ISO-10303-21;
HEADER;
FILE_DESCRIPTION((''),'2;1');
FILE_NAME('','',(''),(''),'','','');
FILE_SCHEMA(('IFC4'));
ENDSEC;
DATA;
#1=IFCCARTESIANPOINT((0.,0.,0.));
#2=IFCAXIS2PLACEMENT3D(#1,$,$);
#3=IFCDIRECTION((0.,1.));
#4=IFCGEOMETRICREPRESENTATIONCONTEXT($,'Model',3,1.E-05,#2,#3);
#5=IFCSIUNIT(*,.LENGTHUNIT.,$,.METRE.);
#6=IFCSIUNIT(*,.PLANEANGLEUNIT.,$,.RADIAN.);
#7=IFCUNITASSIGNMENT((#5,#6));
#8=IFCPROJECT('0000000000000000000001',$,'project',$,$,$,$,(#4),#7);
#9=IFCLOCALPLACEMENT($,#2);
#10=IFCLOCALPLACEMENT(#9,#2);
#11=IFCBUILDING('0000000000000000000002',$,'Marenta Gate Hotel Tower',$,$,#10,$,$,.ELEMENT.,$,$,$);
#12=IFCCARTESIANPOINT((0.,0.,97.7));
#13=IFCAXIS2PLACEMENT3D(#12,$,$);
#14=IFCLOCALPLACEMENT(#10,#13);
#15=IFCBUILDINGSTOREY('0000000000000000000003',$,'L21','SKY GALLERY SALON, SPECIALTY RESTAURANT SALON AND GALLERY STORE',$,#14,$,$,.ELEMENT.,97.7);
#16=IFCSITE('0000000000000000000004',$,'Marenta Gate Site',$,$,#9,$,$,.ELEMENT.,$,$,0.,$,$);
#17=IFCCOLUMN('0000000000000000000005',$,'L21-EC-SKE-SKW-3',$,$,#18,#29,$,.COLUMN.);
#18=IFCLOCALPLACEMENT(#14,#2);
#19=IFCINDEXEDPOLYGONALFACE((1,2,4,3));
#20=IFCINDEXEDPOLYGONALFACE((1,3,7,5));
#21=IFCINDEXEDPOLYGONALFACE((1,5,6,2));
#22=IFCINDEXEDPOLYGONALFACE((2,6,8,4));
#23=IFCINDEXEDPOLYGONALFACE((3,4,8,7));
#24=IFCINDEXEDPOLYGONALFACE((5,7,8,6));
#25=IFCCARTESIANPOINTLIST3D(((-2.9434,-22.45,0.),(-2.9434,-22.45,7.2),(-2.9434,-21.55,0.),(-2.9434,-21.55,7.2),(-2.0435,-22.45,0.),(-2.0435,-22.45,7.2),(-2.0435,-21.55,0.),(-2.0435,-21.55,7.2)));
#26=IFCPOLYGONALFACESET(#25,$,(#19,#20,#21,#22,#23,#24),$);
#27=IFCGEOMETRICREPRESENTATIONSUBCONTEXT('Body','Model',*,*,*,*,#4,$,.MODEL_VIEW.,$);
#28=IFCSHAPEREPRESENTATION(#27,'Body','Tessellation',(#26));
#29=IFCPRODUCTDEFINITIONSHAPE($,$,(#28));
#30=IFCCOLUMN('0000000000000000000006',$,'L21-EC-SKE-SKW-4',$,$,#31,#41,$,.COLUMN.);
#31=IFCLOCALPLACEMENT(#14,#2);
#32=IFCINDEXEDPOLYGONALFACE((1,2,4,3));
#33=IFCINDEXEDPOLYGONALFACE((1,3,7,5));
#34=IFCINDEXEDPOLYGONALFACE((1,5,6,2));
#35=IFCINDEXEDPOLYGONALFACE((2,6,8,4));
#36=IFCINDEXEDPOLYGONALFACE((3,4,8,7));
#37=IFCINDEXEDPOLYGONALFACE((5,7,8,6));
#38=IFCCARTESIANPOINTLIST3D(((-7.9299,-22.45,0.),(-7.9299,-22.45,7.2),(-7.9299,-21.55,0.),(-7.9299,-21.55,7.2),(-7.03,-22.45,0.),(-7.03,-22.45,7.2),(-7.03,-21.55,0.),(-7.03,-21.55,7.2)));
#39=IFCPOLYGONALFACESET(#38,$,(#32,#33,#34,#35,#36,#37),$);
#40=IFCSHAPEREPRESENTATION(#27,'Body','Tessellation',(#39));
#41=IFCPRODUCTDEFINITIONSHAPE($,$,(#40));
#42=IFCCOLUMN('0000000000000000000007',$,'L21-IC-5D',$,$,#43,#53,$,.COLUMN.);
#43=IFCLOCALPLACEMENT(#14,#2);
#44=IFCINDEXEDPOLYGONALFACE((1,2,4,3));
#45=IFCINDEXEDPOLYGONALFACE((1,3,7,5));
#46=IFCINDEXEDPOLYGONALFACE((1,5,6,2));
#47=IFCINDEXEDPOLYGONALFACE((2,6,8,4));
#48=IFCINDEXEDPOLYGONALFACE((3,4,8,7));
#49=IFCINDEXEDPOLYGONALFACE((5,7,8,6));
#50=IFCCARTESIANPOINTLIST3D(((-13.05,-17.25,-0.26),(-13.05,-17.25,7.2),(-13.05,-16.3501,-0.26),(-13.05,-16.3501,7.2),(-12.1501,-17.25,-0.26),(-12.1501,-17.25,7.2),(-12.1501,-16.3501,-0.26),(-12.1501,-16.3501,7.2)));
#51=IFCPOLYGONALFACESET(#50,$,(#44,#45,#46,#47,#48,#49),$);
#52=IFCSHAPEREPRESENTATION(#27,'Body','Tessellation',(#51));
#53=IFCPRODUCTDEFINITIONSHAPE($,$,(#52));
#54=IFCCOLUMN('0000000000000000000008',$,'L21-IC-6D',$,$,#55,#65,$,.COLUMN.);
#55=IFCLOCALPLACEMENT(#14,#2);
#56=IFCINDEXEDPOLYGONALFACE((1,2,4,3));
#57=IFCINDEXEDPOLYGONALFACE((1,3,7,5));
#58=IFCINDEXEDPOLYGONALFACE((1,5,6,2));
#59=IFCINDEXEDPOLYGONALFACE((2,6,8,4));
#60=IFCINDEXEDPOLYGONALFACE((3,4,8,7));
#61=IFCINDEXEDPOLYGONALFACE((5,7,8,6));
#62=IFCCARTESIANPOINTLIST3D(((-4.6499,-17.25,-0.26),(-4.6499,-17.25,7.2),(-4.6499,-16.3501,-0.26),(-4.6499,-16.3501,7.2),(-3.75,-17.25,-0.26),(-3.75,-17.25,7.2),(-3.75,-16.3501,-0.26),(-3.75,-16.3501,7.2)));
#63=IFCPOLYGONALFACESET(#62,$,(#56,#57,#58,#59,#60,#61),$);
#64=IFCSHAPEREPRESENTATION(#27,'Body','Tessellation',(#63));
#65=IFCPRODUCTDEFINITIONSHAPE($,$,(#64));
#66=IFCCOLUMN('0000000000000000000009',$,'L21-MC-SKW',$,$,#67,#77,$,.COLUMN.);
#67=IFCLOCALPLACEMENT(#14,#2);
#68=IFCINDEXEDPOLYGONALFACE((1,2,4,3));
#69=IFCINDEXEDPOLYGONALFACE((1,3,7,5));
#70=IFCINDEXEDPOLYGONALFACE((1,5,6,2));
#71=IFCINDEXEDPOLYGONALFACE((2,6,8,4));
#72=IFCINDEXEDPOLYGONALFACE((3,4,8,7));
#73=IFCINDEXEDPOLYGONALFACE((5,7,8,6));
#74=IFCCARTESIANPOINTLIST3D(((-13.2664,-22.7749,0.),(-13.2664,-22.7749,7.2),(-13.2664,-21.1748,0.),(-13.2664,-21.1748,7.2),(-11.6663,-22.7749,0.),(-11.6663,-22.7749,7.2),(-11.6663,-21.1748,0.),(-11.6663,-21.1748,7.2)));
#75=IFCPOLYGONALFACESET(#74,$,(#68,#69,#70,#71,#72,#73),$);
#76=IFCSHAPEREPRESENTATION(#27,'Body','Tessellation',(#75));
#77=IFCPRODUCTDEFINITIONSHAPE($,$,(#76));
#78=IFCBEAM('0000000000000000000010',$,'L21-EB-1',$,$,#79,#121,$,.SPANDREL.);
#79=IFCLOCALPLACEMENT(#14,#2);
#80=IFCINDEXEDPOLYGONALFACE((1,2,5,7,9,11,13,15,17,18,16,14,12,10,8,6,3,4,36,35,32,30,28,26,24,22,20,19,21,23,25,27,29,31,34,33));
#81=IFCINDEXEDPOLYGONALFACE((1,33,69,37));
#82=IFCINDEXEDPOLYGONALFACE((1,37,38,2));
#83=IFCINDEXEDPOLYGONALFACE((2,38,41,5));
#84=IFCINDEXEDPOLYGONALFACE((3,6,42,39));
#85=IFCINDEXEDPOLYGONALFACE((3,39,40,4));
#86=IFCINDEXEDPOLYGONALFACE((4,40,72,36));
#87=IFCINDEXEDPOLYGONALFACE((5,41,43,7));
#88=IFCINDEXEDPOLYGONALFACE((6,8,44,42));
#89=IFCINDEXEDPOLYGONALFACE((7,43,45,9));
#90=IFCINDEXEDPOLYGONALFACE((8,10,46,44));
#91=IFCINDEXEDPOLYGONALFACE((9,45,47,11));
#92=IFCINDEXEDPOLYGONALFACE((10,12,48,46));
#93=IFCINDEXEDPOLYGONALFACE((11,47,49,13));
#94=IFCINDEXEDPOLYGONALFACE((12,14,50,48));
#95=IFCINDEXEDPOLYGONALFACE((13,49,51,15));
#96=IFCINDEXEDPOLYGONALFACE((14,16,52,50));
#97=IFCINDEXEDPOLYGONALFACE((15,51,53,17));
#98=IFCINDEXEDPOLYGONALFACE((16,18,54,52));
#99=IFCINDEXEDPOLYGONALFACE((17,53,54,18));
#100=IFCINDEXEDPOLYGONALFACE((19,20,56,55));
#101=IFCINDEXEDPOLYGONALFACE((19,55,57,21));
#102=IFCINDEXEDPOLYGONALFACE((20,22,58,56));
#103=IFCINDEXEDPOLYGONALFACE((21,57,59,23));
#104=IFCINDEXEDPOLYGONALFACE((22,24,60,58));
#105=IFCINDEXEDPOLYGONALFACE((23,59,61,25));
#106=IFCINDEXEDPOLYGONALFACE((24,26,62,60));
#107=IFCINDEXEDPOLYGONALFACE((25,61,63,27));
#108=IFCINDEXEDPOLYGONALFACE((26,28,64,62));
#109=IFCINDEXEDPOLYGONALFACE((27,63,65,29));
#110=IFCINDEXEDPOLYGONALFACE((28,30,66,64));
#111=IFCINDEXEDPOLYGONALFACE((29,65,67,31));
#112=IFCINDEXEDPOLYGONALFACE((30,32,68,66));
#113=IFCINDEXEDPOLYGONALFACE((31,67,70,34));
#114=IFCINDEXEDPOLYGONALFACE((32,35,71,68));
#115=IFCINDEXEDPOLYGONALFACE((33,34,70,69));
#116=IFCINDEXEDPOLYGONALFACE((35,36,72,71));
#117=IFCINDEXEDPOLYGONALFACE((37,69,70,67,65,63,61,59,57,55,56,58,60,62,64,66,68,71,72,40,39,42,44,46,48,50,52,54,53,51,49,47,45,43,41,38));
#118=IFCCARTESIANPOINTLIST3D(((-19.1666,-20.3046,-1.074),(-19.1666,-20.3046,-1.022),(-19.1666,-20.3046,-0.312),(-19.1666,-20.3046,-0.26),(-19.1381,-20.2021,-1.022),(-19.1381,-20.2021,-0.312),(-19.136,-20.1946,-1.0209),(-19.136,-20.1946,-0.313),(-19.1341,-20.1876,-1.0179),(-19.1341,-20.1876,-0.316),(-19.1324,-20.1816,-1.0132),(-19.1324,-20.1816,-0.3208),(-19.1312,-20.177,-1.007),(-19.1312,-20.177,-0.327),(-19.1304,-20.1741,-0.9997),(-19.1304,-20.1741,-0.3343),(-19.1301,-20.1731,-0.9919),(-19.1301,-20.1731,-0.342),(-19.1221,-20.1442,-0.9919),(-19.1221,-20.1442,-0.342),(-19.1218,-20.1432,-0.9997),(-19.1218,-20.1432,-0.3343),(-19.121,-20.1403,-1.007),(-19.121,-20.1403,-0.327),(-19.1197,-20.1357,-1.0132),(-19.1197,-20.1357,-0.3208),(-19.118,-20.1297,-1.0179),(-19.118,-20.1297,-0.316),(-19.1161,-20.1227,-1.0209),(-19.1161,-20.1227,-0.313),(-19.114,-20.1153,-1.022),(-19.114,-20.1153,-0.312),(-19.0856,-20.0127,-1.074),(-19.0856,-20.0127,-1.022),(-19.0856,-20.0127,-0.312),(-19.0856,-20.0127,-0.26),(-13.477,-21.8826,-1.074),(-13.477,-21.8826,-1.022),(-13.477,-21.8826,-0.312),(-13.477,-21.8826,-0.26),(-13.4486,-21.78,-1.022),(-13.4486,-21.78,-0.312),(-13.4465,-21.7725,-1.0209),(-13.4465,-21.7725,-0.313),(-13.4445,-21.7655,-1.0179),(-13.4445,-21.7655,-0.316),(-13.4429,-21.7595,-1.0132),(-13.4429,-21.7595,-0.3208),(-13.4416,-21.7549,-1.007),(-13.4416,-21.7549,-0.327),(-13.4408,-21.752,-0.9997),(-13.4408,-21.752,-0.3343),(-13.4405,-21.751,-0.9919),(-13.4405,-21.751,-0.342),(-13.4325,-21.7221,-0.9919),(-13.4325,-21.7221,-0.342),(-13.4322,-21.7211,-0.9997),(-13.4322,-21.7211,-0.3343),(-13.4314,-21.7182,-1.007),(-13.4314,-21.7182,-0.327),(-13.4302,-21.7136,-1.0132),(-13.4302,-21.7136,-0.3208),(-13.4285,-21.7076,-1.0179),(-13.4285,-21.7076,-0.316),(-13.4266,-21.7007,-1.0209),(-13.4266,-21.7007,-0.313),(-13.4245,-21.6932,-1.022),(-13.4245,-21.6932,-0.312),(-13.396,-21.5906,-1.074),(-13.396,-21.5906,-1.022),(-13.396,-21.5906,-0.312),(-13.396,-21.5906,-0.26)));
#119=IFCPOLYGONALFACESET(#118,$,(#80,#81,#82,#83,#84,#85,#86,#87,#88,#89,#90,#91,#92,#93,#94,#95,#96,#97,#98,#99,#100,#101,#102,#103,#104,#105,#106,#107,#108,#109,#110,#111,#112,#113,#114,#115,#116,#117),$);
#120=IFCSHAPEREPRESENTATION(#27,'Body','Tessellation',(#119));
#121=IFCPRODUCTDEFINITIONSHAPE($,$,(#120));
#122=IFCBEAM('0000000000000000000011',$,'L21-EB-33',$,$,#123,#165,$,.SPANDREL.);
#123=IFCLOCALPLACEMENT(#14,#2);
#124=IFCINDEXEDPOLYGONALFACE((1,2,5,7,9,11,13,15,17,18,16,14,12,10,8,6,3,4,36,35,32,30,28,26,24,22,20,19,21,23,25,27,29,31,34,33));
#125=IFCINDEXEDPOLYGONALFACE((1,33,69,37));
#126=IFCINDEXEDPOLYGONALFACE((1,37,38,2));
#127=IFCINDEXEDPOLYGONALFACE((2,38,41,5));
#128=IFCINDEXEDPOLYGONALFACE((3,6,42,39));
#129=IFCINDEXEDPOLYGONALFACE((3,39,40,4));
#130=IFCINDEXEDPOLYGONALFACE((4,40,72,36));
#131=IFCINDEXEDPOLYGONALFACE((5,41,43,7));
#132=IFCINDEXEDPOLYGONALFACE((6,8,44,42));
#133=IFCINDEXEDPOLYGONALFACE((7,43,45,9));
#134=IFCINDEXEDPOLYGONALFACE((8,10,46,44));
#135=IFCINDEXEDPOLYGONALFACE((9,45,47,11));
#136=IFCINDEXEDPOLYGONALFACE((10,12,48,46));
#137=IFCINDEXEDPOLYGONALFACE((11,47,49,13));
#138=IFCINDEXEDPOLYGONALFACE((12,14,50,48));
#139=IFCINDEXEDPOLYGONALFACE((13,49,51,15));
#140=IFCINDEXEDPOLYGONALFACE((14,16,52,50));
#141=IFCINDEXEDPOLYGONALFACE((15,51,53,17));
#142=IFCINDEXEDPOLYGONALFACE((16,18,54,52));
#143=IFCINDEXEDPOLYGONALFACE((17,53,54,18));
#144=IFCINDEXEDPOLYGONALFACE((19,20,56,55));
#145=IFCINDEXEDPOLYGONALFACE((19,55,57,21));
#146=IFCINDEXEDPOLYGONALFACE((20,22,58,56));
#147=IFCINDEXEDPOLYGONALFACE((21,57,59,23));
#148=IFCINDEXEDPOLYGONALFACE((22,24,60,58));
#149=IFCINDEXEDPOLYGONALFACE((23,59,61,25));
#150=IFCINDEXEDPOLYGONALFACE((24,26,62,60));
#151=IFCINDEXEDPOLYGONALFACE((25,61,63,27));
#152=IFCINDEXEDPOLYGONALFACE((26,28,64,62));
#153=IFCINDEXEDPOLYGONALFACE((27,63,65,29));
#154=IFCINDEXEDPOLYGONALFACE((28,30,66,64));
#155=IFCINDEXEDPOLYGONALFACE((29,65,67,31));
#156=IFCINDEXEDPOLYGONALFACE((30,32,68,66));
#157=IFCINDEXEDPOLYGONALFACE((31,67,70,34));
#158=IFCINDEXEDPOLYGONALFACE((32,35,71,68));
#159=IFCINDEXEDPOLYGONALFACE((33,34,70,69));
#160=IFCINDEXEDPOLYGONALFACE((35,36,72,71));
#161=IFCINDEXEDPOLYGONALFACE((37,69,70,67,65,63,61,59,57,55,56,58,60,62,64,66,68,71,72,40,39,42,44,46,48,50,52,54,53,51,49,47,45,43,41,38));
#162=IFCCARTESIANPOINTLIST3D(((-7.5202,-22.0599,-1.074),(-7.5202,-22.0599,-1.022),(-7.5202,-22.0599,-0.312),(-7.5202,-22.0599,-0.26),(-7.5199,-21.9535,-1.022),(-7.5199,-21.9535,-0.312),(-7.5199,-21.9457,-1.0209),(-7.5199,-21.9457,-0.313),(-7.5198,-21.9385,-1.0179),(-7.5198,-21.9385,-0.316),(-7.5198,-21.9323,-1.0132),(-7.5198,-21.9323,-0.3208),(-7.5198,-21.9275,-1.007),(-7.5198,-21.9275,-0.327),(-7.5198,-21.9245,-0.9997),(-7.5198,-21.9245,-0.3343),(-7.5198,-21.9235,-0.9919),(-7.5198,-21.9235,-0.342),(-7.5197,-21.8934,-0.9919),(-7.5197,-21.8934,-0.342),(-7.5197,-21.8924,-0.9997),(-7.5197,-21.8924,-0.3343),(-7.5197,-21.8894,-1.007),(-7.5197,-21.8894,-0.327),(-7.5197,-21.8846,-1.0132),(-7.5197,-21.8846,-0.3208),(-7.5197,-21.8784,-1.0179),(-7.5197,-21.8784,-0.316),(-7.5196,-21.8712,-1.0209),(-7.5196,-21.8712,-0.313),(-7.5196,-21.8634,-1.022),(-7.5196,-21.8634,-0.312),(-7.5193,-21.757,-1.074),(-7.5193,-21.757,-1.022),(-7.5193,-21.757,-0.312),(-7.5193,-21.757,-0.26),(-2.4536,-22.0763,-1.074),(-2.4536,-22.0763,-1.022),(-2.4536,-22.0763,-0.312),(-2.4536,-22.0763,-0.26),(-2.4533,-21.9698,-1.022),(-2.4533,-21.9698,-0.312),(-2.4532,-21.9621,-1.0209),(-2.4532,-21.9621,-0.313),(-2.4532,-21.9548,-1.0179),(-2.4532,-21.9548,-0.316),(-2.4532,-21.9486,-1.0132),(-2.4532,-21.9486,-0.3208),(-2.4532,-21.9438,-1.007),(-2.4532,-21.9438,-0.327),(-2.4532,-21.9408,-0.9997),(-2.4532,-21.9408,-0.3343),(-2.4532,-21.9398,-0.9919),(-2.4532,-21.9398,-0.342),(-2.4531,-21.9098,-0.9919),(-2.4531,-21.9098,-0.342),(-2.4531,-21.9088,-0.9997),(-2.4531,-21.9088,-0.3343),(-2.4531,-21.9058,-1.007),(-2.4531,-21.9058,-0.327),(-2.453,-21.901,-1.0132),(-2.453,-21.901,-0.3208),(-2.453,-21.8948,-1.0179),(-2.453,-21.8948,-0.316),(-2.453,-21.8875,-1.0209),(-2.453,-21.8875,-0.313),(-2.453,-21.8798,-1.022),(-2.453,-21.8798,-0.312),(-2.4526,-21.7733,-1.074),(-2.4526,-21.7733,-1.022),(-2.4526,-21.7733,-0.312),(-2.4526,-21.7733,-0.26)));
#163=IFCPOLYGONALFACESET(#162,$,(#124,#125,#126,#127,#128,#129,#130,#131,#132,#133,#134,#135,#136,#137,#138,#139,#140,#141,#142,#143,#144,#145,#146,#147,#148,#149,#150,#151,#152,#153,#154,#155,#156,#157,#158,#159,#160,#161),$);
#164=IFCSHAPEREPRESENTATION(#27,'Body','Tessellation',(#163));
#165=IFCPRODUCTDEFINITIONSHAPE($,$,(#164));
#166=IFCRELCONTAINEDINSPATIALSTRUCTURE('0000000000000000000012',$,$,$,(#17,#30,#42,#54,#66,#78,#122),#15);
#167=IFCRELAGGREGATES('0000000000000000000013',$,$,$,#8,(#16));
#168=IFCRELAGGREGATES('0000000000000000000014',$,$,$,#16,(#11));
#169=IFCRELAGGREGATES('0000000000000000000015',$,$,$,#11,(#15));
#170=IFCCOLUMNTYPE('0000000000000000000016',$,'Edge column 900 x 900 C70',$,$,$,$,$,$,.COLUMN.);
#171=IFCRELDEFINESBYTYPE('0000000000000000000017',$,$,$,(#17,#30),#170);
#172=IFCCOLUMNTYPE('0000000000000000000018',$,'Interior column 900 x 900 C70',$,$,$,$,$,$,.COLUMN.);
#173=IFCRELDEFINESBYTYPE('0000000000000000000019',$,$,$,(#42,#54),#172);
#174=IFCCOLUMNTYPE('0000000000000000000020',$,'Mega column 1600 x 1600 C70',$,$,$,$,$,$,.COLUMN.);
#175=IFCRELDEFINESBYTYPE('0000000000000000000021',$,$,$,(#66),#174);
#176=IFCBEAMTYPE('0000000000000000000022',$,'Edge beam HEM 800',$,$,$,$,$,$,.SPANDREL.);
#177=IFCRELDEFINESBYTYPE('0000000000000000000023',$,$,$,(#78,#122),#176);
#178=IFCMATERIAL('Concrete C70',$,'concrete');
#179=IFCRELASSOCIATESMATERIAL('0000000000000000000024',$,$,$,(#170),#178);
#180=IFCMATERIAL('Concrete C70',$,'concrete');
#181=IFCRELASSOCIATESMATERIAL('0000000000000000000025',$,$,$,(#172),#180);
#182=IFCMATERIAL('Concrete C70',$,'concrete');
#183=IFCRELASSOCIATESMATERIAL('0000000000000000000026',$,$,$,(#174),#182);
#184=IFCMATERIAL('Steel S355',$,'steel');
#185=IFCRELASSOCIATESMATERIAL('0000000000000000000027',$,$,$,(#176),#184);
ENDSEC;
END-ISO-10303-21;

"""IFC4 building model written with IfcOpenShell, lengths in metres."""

from ifc_helpers import new_model, si_unit, direction, frame, origin, origin_2d, place, context, subcontext, project, spatial, rectangle, i_section, extrude, material, material_profile, profile_set, type_object, element, save


model = new_model("IFC4")

# Units and contexts
model_context = context("Model", 3, precision=1e-05, world=origin(), true_north=direction((0.0, 1.0)))
body_context = subcontext(model_context, "Body", "Model", "MODEL_VIEW")
ifc_project = project(units=[si_unit("LENGTHUNIT", "METRE"), si_unit("PLANEANGLEUNIT", "RADIAN")], contexts=[model_context])

# Site, building, storey
site_placement = place(None, origin())
site = spatial("IfcSite", under=ifc_project, at=site_placement, Name="Marenta Gate Site", CompositionType="ELEMENT", RefElevation=0.0)
building_placement = place(site_placement, origin())
building = spatial("IfcBuilding", under=site, at=building_placement, Name="Marenta Gate Hotel Tower", CompositionType="ELEMENT")
storey_placement = place(building_placement, frame((0.0, 0.0, 97.7)))
storey = spatial("IfcBuildingStorey", under=building, at=storey_placement, Name="L21", Description="SKY GALLERY SALON, SPECIALTY RESTAURANT SALON AND GALLERY STORE", CompositionType="ELEMENT", Elevation=97.7)

# Columns
ifc_material_1 = material(Name="Concrete C70", Category="concrete")
ifc_material_profile_1 = material_profile(ifc_material_1, rectangle(XDim=0.8999, YDim=0.8999, at=origin_2d()), Name="900 x 900")
ifc_profile_set_1 = profile_set([ifc_material_profile_1], Name="Concrete C70")
column_type_1 = type_object("IfcColumnType", Name="Edge column 900 x 900 C70", PredefinedType="COLUMN", material=ifc_profile_set_1)
for number, where, z_axis, x_axis, name in (
    (1, (-2.4934, -22.0, 0.0), (0.0, 0.0, 1.0), (1.0, 0.0, 0.0), "L21-EC-SKE-SKW-3"),
    (2, (-7.48, -22.0, 0.0), (0.0, 0.0, 1.0), (1.0, 0.0, 0.0), "L21-EC-SKE-SKW-4"),
):
    element("IfcColumn", number, at=place(storey_placement, frame(where, z_axis=z_axis, x_axis=x_axis)), inside=storey, type_object=column_type_1, Name=name, PredefinedType="COLUMN", context=body_context, shape_type="SweptSolid", body=[
        extrude(rectangle(XDim=0.8999, YDim=0.8999, at=origin_2d()), origin(), (0.0, 0.0, 1.0), 7.2),
    ])
ifc_material_2 = material(Name="Concrete C70", Category="concrete")
ifc_material_profile_2 = material_profile(ifc_material_2, rectangle(XDim=0.8999, YDim=0.8999, at=origin_2d()), Name="900 x 900")
ifc_profile_set_2 = profile_set([ifc_material_profile_2], Name="Concrete C70")
column_type_2 = type_object("IfcColumnType", Name="Interior column 900 x 900 C70", PredefinedType="COLUMN", material=ifc_profile_set_2)
for number, where, z_axis, x_axis, name in (
    (3, (-12.6001, -16.8, -0.26), (0.0, 0.0, 1.0), (1.0, 0.0, 0.0), "L21-IC-5D"),
    (4, (-4.2, -16.8, -0.26), (0.0, 0.0, 1.0), (1.0, 0.0, 0.0), "L21-IC-6D"),
):
    element("IfcColumn", number, at=place(storey_placement, frame(where, z_axis=z_axis, x_axis=x_axis)), inside=storey, type_object=column_type_2, Name=name, PredefinedType="COLUMN", context=body_context, shape_type="SweptSolid", body=[
        extrude(rectangle(XDim=0.8999, YDim=0.8999, at=origin_2d()), origin(), (0.0, 0.0, 1.0), 7.46),
    ])
ifc_material_3 = material(Name="Concrete C70", Category="concrete")
ifc_material_profile_3 = material_profile(ifc_material_3, rectangle(XDim=1.6001, YDim=1.6001, at=origin_2d()), Name="1600 x 1600")
ifc_profile_set_3 = profile_set([ifc_material_profile_3], Name="Concrete C70")
column_type_3 = type_object("IfcColumnType", Name="Mega column 1600 x 1600 C70", PredefinedType="COLUMN", material=ifc_profile_set_3)
column_placement = place(storey_placement, frame((-12.4663, -21.9749, 0.0), z_axis=(0.0, 0.0, 1.0), x_axis=(1.0, 0.0, 0.0)))
element("IfcColumn", 5, at=column_placement, inside=storey, type_object=column_type_3, Name="L21-MC-SKW", PredefinedType="COLUMN", context=body_context, shape_type="SweptSolid", body=[
    extrude(rectangle(XDim=1.6001, YDim=1.6001, at=origin_2d()), origin(), (0.0, 0.0, 1.0), 7.2),
])

# Beams
ifc_material_4 = material(Name="Steel S355", Category="steel")
ifc_material_profile_4 = material_profile(ifc_material_4, i_section(OverallWidth=0.303, OverallDepth=0.814, WebThickness=0.03, FlangeThickness=0.052, FilletRadius=0.03, at=origin_2d()), Name="HEM 800")
ifc_profile_set_4 = profile_set([ifc_material_profile_4], Name="Steel S355")
beam_type_1 = type_object("IfcBeamType", Name="Edge beam HEM 800", PredefinedType="SPANDREL", material=ifc_profile_set_4)
beam_1_placement = place(storey_placement, frame((-13.4365, -21.7366, -0.667), z_axis=(-0.963628, 0.267247, 0.0), x_axis=(-0.267247, -0.963628, 0.0)))
element("IfcBeam", 6, at=beam_1_placement, inside=storey, type_object=beam_type_1, Name="L21-EB-1", PredefinedType="SPANDREL", context=body_context, shape_type="SweptSolid", body=[
    extrude(i_section(OverallWidth=0.303, OverallDepth=0.814, WebThickness=0.03, FlangeThickness=0.052, FilletRadius=0.03, at=origin_2d()), origin(), (0.0, 0.0, 1.0), 5.9043),
])
beam_2_placement = place(storey_placement, frame((-2.4531, -21.9248, -0.667), z_axis=(-0.999995, 0.003228, 0.0), x_axis=(-0.003228, -0.999995, 0.0)))
element("IfcBeam", 7, at=beam_2_placement, inside=storey, type_object=beam_type_1, Name="L21-EB-33", PredefinedType="SPANDREL", context=body_context, shape_type="SweptSolid", body=[
    extrude(i_section(OverallWidth=0.303, OverallDepth=0.814, WebThickness=0.03, FlangeThickness=0.052, FilletRadius=0.03, at=origin_2d()), origin(), (0.0, 0.0, 1.0), 5.0667),
])

save(model, "model.ifc")
